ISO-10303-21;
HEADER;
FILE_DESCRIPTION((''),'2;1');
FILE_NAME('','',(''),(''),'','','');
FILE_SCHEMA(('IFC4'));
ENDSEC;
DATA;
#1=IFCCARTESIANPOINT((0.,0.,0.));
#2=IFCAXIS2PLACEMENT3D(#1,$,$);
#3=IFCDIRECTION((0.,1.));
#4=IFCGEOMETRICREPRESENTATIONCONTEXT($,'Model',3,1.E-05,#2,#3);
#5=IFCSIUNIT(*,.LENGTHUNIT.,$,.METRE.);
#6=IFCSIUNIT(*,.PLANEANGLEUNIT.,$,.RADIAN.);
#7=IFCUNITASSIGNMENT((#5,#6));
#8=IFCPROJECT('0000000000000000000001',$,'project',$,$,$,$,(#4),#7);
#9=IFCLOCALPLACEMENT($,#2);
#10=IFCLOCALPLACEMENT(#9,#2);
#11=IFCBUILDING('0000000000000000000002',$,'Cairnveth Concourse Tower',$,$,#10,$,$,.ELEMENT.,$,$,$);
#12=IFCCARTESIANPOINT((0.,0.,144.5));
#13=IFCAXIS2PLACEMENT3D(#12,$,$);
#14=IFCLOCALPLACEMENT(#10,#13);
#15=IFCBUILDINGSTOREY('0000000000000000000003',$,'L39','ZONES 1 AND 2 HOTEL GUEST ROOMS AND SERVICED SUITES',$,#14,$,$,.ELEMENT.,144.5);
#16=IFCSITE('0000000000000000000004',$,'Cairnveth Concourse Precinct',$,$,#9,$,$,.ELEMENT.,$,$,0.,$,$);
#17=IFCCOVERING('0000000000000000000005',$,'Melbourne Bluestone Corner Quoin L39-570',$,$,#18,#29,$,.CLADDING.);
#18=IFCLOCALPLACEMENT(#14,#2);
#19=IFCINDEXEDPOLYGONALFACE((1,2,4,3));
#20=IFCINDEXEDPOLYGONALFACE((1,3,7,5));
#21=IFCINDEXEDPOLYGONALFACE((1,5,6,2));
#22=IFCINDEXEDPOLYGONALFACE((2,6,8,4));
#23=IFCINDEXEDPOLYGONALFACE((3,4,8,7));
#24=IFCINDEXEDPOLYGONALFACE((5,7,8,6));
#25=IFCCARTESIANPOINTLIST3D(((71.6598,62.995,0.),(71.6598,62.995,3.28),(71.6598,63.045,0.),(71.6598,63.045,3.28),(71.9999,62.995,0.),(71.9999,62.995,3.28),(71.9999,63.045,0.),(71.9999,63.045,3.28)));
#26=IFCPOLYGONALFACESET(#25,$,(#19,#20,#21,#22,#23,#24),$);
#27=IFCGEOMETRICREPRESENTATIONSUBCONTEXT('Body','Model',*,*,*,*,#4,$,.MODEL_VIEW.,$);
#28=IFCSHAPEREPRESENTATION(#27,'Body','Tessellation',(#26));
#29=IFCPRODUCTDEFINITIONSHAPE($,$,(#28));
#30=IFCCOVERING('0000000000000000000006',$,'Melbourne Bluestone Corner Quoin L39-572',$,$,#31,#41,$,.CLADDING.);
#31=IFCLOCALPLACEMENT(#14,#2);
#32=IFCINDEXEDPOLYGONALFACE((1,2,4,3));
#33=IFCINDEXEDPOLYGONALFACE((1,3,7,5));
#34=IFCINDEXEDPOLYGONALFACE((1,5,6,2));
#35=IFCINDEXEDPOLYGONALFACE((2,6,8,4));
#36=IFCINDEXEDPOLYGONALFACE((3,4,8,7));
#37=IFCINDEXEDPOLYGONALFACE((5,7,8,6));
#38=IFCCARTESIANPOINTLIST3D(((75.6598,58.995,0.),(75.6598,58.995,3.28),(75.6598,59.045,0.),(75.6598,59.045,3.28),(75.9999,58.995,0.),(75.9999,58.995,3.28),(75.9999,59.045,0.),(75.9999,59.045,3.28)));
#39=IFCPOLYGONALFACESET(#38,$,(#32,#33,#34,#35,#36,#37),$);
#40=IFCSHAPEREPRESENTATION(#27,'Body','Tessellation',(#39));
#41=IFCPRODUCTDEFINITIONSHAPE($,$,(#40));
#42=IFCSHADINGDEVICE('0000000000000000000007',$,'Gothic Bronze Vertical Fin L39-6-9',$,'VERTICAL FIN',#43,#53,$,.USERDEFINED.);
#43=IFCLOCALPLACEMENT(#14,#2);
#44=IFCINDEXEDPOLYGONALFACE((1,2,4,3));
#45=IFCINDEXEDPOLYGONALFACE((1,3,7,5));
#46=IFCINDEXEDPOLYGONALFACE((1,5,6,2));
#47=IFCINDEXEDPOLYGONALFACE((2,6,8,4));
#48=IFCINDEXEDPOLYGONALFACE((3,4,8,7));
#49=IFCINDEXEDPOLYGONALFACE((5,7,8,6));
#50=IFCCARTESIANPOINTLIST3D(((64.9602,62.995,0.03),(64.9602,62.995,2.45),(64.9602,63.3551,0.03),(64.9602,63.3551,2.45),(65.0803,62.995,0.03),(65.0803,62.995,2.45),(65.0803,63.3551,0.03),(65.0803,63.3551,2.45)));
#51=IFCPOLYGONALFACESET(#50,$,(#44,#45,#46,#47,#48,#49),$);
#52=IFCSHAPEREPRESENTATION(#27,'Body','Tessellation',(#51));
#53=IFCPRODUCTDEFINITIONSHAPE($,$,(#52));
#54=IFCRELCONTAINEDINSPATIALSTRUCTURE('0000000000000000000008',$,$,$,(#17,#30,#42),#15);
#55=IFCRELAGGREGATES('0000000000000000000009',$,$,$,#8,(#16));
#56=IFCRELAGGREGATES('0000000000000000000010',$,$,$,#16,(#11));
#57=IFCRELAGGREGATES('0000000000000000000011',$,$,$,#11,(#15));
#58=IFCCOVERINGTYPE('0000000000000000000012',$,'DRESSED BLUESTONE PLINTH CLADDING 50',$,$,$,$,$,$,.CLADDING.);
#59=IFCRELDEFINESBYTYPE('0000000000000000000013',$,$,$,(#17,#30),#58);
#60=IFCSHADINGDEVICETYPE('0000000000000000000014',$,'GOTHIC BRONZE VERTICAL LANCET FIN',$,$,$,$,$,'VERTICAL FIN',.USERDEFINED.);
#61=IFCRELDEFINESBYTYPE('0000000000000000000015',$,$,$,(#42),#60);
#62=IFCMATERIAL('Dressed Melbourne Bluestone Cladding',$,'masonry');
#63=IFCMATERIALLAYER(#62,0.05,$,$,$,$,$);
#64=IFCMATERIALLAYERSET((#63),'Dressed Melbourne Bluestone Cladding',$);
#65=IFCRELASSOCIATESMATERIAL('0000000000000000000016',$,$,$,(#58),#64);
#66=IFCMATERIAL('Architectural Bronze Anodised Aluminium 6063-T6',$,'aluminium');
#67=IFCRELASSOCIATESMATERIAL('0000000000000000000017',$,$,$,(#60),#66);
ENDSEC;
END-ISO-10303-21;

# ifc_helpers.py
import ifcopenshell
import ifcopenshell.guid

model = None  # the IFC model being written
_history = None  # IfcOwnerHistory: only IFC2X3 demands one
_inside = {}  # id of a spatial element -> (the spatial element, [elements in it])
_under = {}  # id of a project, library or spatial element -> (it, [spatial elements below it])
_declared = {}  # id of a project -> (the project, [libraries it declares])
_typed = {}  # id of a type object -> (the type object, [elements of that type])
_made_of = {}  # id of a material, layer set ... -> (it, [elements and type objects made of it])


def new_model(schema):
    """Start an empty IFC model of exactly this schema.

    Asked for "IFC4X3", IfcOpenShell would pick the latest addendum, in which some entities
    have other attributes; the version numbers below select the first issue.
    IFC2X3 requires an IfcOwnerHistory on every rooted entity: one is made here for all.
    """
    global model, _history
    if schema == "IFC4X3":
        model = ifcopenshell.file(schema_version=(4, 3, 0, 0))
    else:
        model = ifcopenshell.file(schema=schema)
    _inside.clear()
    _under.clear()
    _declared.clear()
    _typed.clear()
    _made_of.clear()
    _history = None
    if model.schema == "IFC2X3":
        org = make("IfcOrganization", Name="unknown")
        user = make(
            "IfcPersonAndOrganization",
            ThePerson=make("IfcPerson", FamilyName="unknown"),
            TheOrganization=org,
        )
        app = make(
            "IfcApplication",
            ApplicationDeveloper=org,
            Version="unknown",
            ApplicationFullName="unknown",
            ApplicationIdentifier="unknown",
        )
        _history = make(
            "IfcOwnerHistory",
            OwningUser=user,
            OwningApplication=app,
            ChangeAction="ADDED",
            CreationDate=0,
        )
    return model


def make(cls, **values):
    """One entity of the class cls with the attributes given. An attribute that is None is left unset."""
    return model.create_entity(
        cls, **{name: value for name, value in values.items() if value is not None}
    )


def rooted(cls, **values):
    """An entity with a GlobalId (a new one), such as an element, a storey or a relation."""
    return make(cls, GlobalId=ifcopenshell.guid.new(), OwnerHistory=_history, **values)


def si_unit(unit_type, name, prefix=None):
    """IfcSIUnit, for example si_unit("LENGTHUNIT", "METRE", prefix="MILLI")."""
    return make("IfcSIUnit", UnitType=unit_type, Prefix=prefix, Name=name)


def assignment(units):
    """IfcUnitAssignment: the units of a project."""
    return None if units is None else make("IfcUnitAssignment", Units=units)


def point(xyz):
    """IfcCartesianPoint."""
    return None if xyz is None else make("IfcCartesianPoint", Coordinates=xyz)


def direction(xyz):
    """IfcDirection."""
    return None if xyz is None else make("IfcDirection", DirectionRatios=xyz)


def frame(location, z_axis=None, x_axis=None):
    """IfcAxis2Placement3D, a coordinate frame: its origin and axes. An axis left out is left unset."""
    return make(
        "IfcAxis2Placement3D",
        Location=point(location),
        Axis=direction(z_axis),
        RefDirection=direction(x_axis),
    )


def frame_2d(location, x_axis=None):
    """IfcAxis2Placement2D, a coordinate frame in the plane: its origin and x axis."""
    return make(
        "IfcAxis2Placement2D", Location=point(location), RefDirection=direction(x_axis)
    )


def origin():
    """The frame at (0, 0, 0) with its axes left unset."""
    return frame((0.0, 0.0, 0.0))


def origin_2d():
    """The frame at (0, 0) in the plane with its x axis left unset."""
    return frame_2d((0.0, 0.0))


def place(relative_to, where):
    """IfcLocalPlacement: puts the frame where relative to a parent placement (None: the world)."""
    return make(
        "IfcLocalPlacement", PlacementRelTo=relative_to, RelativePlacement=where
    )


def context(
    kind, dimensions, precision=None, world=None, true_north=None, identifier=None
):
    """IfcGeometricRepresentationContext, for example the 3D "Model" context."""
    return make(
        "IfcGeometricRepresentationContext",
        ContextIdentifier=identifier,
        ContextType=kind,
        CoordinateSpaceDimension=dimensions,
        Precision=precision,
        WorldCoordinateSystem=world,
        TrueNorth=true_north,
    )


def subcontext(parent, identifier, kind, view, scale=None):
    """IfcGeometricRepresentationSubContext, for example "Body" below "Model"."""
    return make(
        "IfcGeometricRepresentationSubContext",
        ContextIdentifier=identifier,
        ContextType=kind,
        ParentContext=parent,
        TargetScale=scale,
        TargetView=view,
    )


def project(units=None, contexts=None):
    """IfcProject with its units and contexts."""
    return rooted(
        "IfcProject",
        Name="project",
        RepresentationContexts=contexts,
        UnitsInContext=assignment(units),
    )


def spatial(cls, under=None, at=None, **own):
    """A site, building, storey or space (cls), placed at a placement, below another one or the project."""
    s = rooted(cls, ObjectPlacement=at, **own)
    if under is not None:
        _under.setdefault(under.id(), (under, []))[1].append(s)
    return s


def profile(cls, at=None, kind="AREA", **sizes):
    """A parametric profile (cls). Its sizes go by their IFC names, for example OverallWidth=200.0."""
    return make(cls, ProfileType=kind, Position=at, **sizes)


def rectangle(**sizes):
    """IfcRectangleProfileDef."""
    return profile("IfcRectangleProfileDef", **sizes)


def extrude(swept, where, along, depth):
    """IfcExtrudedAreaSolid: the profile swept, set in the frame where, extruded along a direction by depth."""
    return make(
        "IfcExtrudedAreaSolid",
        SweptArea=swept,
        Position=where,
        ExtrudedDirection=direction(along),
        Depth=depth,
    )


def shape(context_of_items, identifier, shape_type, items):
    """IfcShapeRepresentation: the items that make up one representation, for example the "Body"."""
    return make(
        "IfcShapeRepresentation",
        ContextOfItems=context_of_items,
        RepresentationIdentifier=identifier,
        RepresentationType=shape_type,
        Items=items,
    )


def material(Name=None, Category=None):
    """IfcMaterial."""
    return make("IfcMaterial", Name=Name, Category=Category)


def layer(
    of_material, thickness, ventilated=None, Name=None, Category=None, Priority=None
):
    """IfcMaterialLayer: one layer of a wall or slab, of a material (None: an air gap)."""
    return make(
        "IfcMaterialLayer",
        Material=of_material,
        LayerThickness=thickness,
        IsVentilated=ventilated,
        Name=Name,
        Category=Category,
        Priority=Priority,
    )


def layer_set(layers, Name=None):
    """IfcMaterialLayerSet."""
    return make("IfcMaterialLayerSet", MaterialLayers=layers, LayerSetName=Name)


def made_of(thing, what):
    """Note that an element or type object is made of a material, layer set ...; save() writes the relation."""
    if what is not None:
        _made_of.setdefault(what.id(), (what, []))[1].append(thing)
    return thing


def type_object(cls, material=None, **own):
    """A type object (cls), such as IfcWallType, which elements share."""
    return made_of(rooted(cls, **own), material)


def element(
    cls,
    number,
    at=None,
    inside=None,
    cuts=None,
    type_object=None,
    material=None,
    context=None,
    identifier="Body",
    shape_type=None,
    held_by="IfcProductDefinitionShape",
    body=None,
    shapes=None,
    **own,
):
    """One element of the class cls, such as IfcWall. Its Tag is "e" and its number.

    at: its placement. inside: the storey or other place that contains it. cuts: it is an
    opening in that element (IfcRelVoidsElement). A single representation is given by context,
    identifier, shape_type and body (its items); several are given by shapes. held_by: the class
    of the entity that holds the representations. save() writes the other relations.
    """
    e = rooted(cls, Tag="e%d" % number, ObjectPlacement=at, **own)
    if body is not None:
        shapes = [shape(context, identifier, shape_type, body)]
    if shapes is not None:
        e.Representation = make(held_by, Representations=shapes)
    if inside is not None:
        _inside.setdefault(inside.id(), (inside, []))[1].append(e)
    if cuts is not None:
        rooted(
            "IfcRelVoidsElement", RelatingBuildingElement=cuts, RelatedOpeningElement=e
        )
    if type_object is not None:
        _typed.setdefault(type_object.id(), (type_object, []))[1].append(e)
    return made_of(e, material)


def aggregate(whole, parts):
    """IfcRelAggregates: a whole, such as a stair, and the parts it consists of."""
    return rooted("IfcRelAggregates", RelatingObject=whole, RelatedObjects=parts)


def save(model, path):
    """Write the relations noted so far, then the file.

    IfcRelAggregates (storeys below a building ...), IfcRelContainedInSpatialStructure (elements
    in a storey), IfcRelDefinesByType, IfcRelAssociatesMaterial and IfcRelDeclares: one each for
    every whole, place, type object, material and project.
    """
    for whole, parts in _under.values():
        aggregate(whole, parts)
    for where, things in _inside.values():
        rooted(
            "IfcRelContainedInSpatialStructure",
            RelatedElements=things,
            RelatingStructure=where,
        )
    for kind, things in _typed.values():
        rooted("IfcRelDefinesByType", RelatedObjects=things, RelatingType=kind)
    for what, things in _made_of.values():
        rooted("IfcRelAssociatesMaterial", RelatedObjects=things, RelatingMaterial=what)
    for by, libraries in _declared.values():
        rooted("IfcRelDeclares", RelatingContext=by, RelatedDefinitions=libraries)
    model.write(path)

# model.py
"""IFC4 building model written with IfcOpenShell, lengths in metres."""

from ifc_helpers import new_model, si_unit, direction, frame, frame_2d, origin, origin_2d, place, context, subcontext, project, spatial, rectangle, extrude, material, layer, layer_set, type_object, element, save


model = new_model("IFC4")

# Units and contexts
model_context = context("Model", 3, precision=1e-05, world=origin(), true_north=direction((0.0, 1.0)))
body_context = subcontext(model_context, "Body", "Model", "MODEL_VIEW")
ifc_project = project(units=[si_unit("LENGTHUNIT", "METRE"), si_unit("PLANEANGLEUNIT", "RADIAN")], contexts=[model_context])

# Site, building, storey
site_placement = place(None, origin())
site = spatial("IfcSite", under=ifc_project, at=site_placement, Name="Cairnveth Concourse Precinct", CompositionType="ELEMENT", RefElevation=0.0)
building_placement = place(site_placement, origin())
building = spatial("IfcBuilding", under=site, at=building_placement, Name="Cairnveth Concourse Tower", CompositionType="ELEMENT")
storey_placement = place(building_placement, frame((0.0, 0.0, 144.5)))
storey = spatial("IfcBuildingStorey", under=building, at=storey_placement, Name="L39", Description="ZONES 1 AND 2 HOTEL GUEST ROOMS AND SERVICED SUITES", CompositionType="ELEMENT", Elevation=144.5)

# Coverings
ifc_material_1 = material(Name="Dressed Melbourne Bluestone Cladding", Category="masonry")
ifc_layer_1 = layer(ifc_material_1, 0.05)
ifc_layer_set_1 = layer_set([ifc_layer_1], Name="Dressed Melbourne Bluestone Cladding")
covering_type = type_object("IfcCoveringType", Name="DRESSED BLUESTONE PLINTH CLADDING 50", PredefinedType="CLADDING", material=ifc_layer_set_1)
for number, where, z_axis, x_axis, name in (
    (1, (71.6599, 63.02, 0.0), (0.0, 0.0, 1.0), (1.0, 0.0, 0.0), "Melbourne Bluestone Corner Quoin L39-570"),
    (2, (75.6599, 59.02, 0.0), (0.0, 0.0, 1.0), (1.0, 0.0, 0.0), "Melbourne Bluestone Corner Quoin L39-572"),
):
    element("IfcCovering", number, at=place(storey_placement, frame(where, z_axis=z_axis, x_axis=x_axis)), inside=storey, type_object=covering_type, Name=name, PredefinedType="CLADDING", context=body_context, shape_type="SweptSolid", body=[
        extrude(rectangle(XDim=0.3401, YDim=0.05, at=frame_2d((0.1699, 0.0))), origin(), (0.0, 0.0, 1.0), 3.28),
    ])

# Shading device
ifc_material_2 = material(Name="Architectural Bronze Anodised Aluminium 6063-T6", Category="aluminium")
shading_device_type = type_object("IfcShadingDeviceType", Name="GOTHIC BRONZE VERTICAL LANCET FIN", ElementType="VERTICAL FIN", PredefinedType="USERDEFINED", material=ifc_material_2)
shading_device_placement = place(storey_placement, frame((65.0203, 63.175, 0.03), z_axis=(0.0, 0.0, 1.0), x_axis=(1.0, 0.0, 0.0)))
element("IfcShadingDevice", 3, at=shading_device_placement, inside=storey, type_object=shading_device_type, Name="Gothic Bronze Vertical Fin L39-6-9", ObjectType="VERTICAL FIN", PredefinedType="USERDEFINED", context=body_context, shape_type="SweptSolid", body=[
    extrude(rectangle(XDim=0.1201, YDim=0.3601, at=origin_2d()), origin(), (0.0, 0.0, 1.0), 2.4199),
])

save(model, "model.ifc")
